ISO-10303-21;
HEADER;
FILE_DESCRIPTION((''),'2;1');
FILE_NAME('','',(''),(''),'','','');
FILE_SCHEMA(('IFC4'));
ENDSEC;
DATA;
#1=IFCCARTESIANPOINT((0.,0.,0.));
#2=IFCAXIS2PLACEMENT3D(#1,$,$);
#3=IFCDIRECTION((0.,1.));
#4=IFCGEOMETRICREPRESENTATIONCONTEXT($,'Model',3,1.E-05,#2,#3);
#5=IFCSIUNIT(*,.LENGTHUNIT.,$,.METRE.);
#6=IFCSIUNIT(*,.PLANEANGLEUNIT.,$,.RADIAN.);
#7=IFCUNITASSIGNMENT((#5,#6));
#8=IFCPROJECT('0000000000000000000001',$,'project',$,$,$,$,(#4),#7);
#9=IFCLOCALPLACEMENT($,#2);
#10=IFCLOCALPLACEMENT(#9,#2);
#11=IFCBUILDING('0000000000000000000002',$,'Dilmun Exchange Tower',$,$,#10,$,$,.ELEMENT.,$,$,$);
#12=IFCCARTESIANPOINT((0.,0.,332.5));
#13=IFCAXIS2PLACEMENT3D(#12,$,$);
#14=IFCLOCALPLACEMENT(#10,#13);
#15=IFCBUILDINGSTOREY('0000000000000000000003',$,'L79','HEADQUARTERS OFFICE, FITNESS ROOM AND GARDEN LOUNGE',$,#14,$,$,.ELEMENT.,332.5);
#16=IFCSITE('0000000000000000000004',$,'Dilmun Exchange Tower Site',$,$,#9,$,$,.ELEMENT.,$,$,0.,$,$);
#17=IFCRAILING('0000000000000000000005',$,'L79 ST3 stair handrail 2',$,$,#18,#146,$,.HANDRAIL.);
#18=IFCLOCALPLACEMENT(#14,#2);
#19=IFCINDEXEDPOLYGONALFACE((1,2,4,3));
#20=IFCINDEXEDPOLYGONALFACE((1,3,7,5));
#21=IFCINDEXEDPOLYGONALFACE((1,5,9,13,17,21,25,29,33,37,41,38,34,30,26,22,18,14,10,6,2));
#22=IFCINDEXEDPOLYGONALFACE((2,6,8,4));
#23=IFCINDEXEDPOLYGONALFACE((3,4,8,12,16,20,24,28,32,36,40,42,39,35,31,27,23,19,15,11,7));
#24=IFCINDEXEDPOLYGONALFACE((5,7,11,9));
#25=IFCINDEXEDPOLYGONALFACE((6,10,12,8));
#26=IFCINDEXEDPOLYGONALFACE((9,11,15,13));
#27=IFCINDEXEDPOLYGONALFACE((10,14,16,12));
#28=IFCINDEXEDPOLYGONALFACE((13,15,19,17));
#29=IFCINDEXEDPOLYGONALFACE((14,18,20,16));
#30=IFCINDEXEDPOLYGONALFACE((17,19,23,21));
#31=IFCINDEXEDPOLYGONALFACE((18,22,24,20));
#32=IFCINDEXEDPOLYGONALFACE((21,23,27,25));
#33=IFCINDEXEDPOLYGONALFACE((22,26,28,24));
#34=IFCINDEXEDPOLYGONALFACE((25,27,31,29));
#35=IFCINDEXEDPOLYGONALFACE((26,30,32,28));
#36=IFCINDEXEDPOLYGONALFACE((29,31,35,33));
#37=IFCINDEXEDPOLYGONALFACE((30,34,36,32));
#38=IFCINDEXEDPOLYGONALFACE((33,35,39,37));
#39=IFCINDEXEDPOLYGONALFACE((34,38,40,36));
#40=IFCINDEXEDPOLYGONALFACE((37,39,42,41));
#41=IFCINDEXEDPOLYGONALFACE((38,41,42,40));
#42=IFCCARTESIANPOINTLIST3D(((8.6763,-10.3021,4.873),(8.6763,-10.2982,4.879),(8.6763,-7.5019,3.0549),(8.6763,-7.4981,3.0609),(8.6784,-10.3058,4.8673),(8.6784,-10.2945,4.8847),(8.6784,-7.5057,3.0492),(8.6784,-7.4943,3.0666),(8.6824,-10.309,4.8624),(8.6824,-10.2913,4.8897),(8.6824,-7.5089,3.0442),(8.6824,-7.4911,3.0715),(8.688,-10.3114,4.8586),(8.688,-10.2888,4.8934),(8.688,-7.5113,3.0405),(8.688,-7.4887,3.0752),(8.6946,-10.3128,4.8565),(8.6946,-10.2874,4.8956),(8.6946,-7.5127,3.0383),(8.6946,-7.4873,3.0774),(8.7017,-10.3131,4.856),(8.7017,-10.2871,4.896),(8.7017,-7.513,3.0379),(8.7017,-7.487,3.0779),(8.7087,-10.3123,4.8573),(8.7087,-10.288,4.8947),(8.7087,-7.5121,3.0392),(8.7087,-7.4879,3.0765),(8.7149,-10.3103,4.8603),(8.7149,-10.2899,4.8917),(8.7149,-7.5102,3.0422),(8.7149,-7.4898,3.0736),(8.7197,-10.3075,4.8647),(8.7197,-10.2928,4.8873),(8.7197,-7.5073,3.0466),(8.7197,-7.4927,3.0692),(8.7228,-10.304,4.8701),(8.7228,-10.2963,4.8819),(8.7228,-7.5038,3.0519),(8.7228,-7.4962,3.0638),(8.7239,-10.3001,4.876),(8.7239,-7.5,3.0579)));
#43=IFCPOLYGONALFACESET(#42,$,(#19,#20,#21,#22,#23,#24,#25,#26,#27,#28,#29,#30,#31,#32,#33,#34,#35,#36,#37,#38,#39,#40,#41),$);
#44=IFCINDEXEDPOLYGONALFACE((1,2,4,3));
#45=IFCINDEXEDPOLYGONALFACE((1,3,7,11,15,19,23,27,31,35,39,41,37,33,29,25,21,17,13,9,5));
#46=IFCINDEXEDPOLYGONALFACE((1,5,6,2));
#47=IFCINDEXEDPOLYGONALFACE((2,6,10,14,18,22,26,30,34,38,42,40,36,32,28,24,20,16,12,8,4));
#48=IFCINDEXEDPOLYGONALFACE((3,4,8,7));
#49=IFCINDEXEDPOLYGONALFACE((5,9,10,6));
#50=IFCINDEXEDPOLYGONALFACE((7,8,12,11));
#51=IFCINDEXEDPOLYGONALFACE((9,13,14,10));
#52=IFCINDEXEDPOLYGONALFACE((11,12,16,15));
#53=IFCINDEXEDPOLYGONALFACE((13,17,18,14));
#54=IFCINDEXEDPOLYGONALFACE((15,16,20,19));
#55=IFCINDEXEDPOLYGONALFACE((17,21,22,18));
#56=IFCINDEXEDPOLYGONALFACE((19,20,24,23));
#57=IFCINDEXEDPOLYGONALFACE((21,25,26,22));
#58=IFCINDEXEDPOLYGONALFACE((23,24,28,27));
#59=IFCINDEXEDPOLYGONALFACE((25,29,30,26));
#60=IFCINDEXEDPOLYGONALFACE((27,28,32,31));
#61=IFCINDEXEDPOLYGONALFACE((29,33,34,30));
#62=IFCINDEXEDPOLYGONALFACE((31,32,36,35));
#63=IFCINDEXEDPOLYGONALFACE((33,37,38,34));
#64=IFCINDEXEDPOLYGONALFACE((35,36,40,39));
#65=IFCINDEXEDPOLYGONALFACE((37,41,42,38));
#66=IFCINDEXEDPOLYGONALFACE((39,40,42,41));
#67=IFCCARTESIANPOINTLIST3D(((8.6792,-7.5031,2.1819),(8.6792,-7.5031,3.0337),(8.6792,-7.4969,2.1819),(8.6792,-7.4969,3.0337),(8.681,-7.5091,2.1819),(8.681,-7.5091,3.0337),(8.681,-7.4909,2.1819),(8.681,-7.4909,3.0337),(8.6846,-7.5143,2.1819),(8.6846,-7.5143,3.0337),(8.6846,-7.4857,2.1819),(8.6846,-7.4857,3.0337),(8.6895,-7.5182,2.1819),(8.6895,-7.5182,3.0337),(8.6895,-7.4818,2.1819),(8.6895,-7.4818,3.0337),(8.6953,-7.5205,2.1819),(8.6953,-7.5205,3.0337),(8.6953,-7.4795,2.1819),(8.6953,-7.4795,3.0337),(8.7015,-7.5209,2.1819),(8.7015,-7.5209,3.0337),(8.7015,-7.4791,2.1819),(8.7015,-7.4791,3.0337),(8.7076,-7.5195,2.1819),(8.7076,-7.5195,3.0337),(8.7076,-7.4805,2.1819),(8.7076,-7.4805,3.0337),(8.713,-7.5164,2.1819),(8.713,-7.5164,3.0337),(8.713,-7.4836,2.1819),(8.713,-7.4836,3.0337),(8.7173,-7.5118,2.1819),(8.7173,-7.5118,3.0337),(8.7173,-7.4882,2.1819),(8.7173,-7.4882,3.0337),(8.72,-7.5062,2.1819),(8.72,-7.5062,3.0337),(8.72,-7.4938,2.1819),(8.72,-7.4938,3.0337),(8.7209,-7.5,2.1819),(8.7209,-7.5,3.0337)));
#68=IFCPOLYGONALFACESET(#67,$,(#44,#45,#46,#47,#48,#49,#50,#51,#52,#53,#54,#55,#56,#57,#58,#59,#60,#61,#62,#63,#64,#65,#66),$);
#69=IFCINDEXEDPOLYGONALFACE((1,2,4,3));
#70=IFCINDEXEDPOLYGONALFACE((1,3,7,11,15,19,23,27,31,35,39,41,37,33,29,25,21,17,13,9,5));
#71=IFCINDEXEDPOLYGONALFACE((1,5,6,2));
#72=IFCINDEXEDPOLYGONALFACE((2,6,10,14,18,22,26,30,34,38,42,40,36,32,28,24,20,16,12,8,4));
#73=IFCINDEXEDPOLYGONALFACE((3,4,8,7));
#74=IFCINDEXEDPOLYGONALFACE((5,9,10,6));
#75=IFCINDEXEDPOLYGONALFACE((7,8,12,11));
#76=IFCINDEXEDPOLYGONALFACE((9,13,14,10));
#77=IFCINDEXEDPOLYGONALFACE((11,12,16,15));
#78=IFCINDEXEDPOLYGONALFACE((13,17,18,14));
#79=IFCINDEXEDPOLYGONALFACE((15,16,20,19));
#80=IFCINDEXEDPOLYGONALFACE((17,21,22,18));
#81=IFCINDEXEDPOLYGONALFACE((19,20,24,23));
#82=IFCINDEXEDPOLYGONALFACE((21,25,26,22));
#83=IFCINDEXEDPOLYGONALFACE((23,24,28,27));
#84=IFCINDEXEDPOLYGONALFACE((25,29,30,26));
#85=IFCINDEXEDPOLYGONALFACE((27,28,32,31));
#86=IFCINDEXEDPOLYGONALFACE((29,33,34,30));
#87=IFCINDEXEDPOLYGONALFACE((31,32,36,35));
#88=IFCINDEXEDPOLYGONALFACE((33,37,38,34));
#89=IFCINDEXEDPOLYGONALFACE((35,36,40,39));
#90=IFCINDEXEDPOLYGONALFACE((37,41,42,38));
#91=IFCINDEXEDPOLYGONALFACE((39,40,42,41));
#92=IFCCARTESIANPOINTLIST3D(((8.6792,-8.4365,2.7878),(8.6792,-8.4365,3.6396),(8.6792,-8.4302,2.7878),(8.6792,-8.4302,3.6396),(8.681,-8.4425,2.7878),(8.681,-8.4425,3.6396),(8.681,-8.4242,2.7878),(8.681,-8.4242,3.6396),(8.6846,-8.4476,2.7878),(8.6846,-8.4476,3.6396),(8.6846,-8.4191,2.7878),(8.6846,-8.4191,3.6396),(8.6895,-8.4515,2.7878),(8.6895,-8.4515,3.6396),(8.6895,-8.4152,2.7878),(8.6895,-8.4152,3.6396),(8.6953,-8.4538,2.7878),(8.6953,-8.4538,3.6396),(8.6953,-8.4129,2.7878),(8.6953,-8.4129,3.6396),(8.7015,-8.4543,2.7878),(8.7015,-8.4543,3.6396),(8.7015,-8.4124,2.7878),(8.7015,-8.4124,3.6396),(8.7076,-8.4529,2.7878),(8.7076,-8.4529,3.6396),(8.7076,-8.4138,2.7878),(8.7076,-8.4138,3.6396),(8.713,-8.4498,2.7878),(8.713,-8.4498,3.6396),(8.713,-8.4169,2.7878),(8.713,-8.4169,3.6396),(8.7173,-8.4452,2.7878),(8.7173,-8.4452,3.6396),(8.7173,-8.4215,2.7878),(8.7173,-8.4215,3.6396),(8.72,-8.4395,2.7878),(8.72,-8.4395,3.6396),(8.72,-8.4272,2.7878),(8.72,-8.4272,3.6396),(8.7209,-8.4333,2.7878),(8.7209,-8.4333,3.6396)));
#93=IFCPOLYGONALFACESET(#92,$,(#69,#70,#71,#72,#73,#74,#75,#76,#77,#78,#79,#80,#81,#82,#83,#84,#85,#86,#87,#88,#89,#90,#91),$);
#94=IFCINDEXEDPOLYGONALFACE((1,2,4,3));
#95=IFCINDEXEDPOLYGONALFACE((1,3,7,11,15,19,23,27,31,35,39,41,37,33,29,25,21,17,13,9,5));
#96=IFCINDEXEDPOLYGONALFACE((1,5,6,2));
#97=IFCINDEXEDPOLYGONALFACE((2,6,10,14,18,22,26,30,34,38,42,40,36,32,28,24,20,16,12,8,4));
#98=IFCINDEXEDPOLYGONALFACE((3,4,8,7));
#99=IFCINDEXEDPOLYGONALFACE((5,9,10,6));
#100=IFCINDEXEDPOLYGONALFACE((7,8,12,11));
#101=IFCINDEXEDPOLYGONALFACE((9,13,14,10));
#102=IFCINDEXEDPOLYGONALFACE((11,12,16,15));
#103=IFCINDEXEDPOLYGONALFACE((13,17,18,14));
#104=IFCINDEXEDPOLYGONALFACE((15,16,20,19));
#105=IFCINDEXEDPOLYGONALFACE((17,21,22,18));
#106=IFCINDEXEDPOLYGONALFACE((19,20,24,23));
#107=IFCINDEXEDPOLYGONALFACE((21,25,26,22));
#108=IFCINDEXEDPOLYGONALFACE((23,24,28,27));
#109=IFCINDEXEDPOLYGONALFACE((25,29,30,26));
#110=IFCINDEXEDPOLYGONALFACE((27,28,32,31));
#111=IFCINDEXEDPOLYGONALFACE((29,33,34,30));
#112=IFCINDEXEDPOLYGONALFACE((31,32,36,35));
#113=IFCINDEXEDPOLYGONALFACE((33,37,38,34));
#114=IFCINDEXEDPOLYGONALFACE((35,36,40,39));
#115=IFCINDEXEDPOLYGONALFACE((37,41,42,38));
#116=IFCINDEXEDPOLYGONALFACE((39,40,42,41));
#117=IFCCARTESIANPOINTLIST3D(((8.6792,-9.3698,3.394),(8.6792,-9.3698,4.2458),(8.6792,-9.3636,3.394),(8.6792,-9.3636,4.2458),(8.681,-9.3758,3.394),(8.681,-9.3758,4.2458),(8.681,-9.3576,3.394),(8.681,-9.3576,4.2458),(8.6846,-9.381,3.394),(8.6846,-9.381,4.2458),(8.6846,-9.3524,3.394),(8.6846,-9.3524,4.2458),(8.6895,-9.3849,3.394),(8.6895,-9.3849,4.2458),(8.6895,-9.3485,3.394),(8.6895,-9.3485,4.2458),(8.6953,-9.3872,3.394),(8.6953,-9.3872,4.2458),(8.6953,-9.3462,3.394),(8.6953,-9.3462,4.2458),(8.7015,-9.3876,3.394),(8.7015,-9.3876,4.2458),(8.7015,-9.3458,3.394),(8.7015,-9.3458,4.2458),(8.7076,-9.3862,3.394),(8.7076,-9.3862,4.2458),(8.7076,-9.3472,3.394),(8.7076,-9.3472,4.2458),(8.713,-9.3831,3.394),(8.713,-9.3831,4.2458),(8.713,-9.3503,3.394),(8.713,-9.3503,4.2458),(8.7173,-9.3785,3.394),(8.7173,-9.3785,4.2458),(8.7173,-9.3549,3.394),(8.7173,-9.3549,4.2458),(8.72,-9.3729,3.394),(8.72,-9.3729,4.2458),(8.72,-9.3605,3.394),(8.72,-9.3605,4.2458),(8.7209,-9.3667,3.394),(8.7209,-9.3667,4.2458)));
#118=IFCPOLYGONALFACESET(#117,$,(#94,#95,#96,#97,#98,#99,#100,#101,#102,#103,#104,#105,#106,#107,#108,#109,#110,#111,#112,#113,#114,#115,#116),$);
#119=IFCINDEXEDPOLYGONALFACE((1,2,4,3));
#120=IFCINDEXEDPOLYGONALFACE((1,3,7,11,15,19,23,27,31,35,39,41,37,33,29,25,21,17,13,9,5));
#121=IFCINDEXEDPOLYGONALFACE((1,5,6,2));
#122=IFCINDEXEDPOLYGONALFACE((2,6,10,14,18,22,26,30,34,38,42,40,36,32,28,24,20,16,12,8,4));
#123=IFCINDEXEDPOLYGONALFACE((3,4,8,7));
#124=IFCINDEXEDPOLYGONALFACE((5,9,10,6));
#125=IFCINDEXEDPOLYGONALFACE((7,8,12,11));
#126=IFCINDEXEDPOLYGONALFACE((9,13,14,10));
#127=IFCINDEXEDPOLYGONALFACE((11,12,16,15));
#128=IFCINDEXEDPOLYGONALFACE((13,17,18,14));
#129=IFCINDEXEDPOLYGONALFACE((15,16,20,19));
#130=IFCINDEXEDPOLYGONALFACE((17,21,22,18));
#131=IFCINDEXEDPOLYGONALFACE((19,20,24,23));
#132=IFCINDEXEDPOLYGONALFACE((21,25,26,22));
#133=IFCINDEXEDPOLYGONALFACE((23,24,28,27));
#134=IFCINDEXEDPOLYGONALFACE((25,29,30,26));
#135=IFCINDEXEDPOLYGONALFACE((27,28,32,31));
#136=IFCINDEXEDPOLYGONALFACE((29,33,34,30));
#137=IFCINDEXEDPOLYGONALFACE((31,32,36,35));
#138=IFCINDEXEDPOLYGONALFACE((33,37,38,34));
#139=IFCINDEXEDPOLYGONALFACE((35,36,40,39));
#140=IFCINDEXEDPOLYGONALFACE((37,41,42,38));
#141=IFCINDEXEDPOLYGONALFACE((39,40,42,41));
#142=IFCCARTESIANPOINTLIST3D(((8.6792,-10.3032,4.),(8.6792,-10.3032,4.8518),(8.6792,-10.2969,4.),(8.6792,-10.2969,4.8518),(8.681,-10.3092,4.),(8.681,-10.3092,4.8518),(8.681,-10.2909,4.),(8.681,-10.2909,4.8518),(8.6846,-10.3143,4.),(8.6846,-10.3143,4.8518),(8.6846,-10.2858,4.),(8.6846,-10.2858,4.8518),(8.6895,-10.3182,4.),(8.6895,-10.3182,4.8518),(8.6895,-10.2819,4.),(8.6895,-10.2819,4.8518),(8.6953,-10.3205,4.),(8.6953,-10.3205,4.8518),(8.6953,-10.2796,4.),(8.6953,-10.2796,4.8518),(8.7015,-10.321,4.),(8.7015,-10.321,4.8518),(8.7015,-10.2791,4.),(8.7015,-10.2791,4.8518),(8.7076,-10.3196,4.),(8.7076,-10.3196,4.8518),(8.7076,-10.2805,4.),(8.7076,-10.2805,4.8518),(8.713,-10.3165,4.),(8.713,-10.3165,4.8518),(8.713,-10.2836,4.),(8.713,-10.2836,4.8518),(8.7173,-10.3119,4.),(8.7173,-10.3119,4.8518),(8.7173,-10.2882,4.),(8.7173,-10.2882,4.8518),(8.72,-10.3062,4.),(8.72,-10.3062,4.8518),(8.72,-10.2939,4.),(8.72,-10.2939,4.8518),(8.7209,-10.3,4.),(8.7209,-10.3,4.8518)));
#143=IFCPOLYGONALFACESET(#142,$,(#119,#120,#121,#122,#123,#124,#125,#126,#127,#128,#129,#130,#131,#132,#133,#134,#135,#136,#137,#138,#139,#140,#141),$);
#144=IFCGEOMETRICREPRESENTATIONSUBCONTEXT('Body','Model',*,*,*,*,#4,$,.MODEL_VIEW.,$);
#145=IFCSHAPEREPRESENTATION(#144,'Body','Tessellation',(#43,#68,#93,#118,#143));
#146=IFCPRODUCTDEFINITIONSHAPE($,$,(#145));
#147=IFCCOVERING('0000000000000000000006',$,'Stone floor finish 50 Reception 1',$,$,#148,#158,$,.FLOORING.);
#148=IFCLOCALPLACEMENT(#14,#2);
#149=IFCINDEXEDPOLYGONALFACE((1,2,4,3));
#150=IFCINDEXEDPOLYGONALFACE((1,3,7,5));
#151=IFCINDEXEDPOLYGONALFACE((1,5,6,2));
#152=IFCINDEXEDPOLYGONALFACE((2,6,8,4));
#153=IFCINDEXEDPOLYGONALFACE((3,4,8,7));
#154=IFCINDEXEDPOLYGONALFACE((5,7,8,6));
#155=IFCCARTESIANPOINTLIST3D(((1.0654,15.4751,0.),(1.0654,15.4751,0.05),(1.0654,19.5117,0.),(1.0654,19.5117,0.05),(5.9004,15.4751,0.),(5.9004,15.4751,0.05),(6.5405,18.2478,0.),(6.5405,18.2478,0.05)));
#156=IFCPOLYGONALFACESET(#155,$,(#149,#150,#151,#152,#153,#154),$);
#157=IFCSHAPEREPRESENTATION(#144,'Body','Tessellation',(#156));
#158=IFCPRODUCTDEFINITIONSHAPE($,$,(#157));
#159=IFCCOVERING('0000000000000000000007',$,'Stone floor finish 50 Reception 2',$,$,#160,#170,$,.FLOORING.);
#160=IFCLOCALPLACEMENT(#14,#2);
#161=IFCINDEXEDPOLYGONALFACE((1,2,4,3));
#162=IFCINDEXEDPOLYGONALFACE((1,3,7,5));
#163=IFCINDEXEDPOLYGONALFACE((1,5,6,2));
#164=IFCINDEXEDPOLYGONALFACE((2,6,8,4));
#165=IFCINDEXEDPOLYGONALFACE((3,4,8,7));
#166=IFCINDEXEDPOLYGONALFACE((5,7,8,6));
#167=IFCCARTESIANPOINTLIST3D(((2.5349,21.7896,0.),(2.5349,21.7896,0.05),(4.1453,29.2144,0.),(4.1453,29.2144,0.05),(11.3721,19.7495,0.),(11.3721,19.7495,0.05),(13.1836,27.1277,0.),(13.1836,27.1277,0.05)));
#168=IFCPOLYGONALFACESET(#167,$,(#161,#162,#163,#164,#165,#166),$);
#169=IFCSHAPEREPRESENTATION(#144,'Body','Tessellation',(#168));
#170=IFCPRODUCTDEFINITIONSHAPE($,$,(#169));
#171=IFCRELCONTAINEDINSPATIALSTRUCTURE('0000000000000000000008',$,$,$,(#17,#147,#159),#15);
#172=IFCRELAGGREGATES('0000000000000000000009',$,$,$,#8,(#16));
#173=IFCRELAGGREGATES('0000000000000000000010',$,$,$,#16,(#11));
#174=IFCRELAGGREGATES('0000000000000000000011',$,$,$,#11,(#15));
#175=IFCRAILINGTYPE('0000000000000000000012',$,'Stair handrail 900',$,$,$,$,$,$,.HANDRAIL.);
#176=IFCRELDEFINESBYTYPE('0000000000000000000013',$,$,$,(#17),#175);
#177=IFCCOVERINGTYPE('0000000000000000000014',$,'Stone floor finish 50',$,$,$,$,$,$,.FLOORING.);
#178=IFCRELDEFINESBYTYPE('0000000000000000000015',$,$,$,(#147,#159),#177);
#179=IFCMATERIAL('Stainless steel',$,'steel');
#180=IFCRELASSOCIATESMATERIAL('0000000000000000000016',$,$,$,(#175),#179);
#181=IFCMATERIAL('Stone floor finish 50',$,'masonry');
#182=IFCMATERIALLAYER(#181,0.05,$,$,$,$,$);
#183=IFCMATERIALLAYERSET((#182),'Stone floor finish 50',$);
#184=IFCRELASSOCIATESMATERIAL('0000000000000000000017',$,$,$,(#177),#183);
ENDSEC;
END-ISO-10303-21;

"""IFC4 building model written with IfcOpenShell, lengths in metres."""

from ifc_helpers import new_model, si_unit, direction, frame, origin, origin_2d, place, context, subcontext, project, spatial, polyline, circle, outline, extrude, material, layer, layer_set, type_object, element, save


model = new_model("IFC4")

# Units and contexts
model_context = context("Model", 3, precision=1e-05, world=origin(), true_north=direction((0.0, 1.0)))
body_context = subcontext(model_context, "Body", "Model", "MODEL_VIEW")
ifc_project = project(units=[si_unit("LENGTHUNIT", "METRE"), si_unit("PLANEANGLEUNIT", "RADIAN")], contexts=[model_context])

# Site, building, storey
site_placement = place(None, origin())
site = spatial("IfcSite", under=ifc_project, at=site_placement, Name="Dilmun Exchange Tower Site", CompositionType="ELEMENT", RefElevation=0.0)
building_placement = place(site_placement, origin())
building = spatial("IfcBuilding", under=site, at=building_placement, Name="Dilmun Exchange Tower", CompositionType="ELEMENT")
storey_placement = place(building_placement, frame((0.0, 0.0, 332.5)))
storey = spatial("IfcBuildingStorey", under=building, at=storey_placement, Name="L79", Description="HEADQUARTERS OFFICE, FITNESS ROOM AND GARDEN LOUNGE", CompositionType="ELEMENT", Elevation=332.5)

# Railing
ifc_material_1 = material(Name="Stainless steel", Category="steel")
railing_type = type_object("IfcRailingType", Name="Stair handrail 900", PredefinedType="HANDRAIL", material=ifc_material_1)
railing_placement = place(storey_placement, frame((8.7, -7.5, 2.1819)))
element("IfcRailing", 1, at=railing_placement, inside=storey, type_object=railing_type, Name="L79 ST3 stair handrail 2", PredefinedType="HANDRAIL", context=body_context, shape_type="SweptSolid", body=[
    extrude(circle(Radius=0.0239, at=origin_2d()), frame((0.0, 0.0, 0.876), z_axis=(0.0, -0.838706, 0.544585), x_axis=(1.0, 0.0, 0.0)), (0.0, 0.0, 1.0), 3.3386),
    extrude(circle(Radius=0.021, at=origin_2d()), origin(), (0.0, 0.0, 1.0), 0.8518),
    extrude(circle(Radius=0.021, at=origin_2d()), frame((0.0, -0.9333, 0.606)), (0.0, 0.0, 1.0), 0.8518),
    extrude(circle(Radius=0.021, at=origin_2d()), frame((0.0, -1.8667, 1.2122)), (0.0, 0.0, 1.0), 0.8518),
    extrude(circle(Radius=0.021, at=origin_2d()), frame((0.0, -2.8, 1.8181)), (0.0, 0.0, 1.0), 0.8518),
])

# Coverings
ifc_material_2 = material(Name="Stone floor finish 50", Category="masonry")
ifc_layer_1 = layer(ifc_material_2, 0.05)
ifc_layer_set_1 = layer_set([ifc_layer_1], Name="Stone floor finish 50")
covering_type_1 = type_object("IfcCoveringType", Name="Stone floor finish 50", PredefinedType="FLOORING", material=ifc_layer_set_1)
covering_1_placement = place(storey_placement, origin())
element("IfcCovering", 2, at=covering_1_placement, inside=storey, type_object=covering_type_1, Name="Stone floor finish 50 Reception 1", PredefinedType="FLOORING", context=body_context, shape_type="SweptSolid", body=[
    extrude(outline(polyline([(5.9004, 15.4751), (1.0654, 15.4751), (1.0654, 19.5117), (6.5405, 18.2478), (5.9004, 15.4751)])), origin(), (0.0, 0.0, 1.0), 0.05),
])
covering_2_placement = place(storey_placement, origin())
element("IfcCovering", 3, at=covering_2_placement, inside=storey, type_object=covering_type_1, Name="Stone floor finish 50 Reception 2", PredefinedType="FLOORING", context=body_context, shape_type="SweptSolid", body=[
    extrude(outline(polyline([(2.5349, 21.7896), (4.1453, 29.2144), (13.1836, 27.1277), (11.3721, 19.7495), (2.5349, 21.7896)])), origin(), (0.0, 0.0, 1.0), 0.05),
])

save(model, "model.ifc")
